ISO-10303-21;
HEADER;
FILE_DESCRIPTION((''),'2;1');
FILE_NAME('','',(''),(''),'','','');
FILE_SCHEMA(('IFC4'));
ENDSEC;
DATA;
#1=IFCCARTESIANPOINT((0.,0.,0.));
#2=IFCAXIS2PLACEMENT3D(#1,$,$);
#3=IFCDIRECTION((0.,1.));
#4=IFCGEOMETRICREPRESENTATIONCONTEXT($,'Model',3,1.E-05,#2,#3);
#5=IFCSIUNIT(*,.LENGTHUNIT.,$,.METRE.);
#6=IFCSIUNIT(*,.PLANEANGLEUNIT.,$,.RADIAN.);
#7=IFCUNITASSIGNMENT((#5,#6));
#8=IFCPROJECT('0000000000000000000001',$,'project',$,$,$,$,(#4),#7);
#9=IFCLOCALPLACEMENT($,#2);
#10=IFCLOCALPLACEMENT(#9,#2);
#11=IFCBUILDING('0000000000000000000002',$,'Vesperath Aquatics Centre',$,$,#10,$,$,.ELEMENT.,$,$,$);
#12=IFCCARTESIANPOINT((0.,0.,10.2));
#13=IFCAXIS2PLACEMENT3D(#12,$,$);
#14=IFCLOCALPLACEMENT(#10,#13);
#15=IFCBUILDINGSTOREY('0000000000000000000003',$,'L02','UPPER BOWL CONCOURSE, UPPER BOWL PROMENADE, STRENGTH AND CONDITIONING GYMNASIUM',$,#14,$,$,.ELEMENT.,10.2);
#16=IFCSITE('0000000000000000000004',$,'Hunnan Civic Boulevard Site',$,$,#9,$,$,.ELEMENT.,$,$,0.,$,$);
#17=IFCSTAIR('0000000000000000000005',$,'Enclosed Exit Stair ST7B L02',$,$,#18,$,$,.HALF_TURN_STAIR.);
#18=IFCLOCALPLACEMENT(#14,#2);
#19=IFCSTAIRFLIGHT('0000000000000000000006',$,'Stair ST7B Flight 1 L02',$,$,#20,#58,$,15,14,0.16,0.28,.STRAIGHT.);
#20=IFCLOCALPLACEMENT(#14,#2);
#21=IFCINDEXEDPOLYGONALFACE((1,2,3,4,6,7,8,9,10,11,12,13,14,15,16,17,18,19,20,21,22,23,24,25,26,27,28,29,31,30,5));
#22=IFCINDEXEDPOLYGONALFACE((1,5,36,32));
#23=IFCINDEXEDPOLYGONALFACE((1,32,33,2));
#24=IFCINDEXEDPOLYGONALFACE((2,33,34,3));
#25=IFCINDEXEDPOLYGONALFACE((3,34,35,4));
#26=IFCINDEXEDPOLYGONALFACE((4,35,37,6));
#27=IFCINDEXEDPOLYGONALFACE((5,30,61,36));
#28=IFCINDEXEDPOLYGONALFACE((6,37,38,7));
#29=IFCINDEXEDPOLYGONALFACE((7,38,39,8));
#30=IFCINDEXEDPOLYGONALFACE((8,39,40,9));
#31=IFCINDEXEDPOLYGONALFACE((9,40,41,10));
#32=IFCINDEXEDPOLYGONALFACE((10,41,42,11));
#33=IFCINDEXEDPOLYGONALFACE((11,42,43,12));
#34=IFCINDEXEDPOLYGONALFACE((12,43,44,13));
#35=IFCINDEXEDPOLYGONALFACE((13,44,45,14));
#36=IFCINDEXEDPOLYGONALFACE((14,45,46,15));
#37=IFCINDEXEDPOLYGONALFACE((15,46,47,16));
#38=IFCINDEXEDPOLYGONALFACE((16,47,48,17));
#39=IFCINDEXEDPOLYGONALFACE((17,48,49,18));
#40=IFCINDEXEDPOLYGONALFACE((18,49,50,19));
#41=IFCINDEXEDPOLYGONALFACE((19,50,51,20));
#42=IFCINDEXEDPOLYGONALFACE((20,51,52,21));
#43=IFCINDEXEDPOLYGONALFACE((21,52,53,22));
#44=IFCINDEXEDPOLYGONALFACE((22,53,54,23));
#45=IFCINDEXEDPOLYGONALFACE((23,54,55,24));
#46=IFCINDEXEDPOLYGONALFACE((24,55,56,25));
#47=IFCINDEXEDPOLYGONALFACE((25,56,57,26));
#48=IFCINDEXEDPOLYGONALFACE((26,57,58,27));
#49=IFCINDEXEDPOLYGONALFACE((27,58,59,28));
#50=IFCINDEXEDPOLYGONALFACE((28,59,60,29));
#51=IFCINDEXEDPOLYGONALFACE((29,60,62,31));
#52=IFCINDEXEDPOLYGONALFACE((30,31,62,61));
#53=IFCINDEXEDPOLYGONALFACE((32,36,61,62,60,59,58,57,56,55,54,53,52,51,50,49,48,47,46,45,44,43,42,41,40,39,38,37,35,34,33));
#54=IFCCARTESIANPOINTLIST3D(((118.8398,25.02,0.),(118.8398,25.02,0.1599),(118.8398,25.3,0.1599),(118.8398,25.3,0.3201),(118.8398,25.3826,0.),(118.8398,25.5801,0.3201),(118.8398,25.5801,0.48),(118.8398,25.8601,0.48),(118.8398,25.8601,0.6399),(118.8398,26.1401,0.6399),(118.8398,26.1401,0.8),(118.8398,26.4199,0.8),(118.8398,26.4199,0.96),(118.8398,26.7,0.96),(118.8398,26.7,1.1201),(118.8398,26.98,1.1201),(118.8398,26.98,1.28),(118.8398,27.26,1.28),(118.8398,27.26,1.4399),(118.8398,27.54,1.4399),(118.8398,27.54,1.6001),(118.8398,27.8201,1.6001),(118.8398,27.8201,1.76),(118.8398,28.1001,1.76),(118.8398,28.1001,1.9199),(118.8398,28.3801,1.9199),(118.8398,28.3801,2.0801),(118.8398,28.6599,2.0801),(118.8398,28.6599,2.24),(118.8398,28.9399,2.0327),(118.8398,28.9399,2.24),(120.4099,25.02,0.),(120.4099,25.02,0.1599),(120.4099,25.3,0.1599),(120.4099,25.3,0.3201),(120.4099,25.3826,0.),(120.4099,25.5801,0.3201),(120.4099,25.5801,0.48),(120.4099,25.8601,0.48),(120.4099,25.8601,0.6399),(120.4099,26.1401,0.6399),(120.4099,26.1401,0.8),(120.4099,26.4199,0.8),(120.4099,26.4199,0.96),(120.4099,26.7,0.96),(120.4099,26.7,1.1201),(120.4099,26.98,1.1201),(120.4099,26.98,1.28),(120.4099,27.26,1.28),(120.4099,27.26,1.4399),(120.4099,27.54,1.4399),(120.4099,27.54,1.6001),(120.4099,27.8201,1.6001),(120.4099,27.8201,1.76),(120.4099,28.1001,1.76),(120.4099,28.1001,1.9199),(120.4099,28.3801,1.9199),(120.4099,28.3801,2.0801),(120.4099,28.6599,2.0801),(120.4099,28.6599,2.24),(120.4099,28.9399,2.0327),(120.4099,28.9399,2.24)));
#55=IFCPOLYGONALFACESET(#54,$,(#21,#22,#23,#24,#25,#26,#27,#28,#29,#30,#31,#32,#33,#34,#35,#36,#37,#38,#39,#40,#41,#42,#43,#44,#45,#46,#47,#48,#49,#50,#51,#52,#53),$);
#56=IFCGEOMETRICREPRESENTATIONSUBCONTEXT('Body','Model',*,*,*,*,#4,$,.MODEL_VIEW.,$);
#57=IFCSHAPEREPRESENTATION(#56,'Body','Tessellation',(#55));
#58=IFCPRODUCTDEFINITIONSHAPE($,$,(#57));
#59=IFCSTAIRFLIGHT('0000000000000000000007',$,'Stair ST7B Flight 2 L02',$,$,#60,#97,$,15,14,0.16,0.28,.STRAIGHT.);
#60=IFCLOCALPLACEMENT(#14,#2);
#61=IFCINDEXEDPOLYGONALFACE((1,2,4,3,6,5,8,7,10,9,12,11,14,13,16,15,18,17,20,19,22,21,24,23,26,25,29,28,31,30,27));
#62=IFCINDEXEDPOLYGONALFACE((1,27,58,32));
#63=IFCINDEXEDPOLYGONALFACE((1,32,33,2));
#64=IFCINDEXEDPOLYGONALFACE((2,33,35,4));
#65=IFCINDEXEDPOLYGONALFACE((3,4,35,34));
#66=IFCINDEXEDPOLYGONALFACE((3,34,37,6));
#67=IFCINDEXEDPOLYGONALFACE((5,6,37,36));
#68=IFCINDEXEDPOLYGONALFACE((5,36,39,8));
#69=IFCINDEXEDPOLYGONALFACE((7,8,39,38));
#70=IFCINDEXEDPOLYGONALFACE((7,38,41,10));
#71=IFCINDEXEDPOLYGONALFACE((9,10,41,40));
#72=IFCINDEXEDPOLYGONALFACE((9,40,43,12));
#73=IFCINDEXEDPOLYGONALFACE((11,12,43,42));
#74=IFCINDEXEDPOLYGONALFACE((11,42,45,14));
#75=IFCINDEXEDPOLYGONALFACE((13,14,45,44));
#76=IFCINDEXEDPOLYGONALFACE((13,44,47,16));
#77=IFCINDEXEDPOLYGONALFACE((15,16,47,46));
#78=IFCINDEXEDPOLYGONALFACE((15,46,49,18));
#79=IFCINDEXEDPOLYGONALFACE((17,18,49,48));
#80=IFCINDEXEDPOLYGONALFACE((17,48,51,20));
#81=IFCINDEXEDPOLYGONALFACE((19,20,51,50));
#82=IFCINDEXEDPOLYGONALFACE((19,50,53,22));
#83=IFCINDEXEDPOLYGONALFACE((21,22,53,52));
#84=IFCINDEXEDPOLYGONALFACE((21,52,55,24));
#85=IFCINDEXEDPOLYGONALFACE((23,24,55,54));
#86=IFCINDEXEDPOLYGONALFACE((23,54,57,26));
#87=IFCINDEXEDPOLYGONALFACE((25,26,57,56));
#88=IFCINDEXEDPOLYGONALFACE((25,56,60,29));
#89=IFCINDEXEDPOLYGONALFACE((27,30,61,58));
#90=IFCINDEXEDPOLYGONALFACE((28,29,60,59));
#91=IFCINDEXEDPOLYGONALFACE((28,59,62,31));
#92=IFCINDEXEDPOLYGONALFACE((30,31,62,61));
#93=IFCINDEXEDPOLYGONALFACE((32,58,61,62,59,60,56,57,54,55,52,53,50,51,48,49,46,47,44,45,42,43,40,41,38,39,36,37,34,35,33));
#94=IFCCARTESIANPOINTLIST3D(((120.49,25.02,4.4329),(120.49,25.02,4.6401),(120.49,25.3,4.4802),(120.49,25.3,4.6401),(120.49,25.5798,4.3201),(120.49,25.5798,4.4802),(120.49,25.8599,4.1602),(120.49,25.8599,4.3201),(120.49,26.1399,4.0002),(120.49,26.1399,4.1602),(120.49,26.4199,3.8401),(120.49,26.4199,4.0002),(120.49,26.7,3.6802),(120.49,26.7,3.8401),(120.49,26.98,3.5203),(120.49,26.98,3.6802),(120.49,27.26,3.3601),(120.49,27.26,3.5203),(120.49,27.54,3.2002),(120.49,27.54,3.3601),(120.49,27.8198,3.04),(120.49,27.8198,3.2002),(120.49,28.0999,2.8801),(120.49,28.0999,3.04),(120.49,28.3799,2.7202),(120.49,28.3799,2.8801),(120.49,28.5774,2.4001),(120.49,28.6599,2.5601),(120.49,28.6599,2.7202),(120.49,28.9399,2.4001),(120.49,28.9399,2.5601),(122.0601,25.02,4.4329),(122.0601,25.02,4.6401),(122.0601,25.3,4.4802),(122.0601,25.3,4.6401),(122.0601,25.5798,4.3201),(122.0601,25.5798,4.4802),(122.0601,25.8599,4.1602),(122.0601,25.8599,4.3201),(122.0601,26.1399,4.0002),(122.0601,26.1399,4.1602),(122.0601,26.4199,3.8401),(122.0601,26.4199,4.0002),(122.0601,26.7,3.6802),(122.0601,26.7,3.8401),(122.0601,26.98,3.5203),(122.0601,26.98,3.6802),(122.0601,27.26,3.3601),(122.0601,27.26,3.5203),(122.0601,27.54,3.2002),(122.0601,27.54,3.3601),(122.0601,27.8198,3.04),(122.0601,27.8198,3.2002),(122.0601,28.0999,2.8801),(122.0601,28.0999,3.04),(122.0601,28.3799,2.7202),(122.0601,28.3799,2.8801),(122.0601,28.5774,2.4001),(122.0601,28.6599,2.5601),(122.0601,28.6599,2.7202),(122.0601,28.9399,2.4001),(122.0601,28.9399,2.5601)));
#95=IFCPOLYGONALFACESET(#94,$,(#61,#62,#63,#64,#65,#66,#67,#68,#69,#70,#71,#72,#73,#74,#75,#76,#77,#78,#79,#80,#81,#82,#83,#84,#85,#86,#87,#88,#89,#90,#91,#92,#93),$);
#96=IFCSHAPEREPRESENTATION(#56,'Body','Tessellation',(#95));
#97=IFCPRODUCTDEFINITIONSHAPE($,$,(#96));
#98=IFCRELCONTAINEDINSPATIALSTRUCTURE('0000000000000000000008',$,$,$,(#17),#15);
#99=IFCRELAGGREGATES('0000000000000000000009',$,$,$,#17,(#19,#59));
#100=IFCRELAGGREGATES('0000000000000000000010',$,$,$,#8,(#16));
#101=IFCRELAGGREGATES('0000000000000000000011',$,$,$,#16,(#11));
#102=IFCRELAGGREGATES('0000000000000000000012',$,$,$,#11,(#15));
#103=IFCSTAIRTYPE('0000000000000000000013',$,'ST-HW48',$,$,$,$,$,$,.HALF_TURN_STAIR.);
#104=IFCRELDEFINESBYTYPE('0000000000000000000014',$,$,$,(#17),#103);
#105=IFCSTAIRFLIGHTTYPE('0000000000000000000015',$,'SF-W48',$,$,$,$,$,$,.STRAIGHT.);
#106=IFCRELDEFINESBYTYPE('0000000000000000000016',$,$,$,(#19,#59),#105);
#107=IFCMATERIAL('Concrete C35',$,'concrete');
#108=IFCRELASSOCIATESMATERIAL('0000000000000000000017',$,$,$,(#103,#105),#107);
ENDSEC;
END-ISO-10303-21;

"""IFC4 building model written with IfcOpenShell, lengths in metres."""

from ifc_helpers import new_model, si_unit, direction, frame, origin, place, context, subcontext, project, spatial, polyline, outline, extrude, material, type_object, element, aggregate, save


model = new_model("IFC4")

# Units and contexts
model_context = context("Model", 3, precision=1e-05, world=origin(), true_north=direction((0.0, 1.0)))
body_context = subcontext(model_context, "Body", "Model", "MODEL_VIEW")
ifc_project = project(units=[si_unit("LENGTHUNIT", "METRE"), si_unit("PLANEANGLEUNIT", "RADIAN")], contexts=[model_context])

# Site, building, storey
site_placement = place(None, origin())
site = spatial("IfcSite", under=ifc_project, at=site_placement, Name="Hunnan Civic Boulevard Site", CompositionType="ELEMENT", RefElevation=0.0)
building_placement = place(site_placement, origin())
building = spatial("IfcBuilding", under=site, at=building_placement, Name="Vesperath Aquatics Centre", CompositionType="ELEMENT")
storey_placement = place(building_placement, frame((0.0, 0.0, 10.2)))
storey = spatial("IfcBuildingStorey", under=building, at=storey_placement, Name="L02", Description="UPPER BOWL CONCOURSE, UPPER BOWL PROMENADE, STRENGTH AND CONDITIONING GYMNASIUM", CompositionType="ELEMENT", Elevation=10.2)

# Stair, stair flights
ifc_material_1 = material(Name="Concrete C35", Category="concrete")
stair_type = type_object("IfcStairType", Name="ST-HW48", PredefinedType="HALF_TURN_STAIR", material=ifc_material_1)
stair_placement = place(storey_placement, origin())
stair = element("IfcStair", 1, at=stair_placement, inside=storey, type_object=stair_type, Name="Enclosed Exit Stair ST7B L02", PredefinedType="HALF_TURN_STAIR")
stair_flight_type = type_object("IfcStairFlightType", Name="SF-W48", PredefinedType="STRAIGHT", material=ifc_material_1)
stair_flight_1_placement = place(storey_placement, frame((119.625, 25.02, 0.0), z_axis=(0.0, 0.0, 1.0), x_axis=(0.0, 1.0, 0.0)))
stair_flight_1 = element("IfcStairFlight", 2, at=stair_flight_1_placement, type_object=stair_flight_type, Name="Stair ST7B Flight 1 L02", NumberOfRisers=15, NumberOfTreads=14, PredefinedType="STRAIGHT", RiserHeight=0.16, TreadLength=0.28, context=body_context, shape_type="SweptSolid", body=[
    extrude(outline(polyline([(0.0, 0.0), (0.0, 0.1599), (0.28, 0.1599), (0.28, 0.3201), (0.5601, 0.3201), (0.5601, 0.48), (0.8401, 0.48), (0.8401, 0.6399), (1.1201, 0.6399), (1.1201, 0.8), (1.3999, 0.8), (1.3999, 0.96), (1.6799, 0.96), (1.6799, 1.1201), (1.96, 1.1201), (1.96, 1.28), (2.24, 1.28), (2.24, 1.4399), (2.52, 1.4399), (2.52, 1.6001), (2.8, 1.6001), (2.8, 1.76), (3.0801, 1.76), (3.0801, 1.9199), (3.3601, 1.9199), (3.3601, 2.0801), (3.6399, 2.0801), (3.6399, 2.24), (3.9199, 2.24), (3.9199, 2.3999), (3.9199, 2.0327), (0.3625, 0.0), (0.0, 0.0)])), frame((0.0, 0.7852, 0.0), z_axis=(0.0, -1.0, 0.0), x_axis=(1.0, 0.0, 0.0)), (0.0, 0.0, 1.0), 1.5701),
])
stair_flight_2_placement = place(storey_placement, frame((121.2749, 28.9399, 2.4001), z_axis=(0.0, 0.0, 1.0), x_axis=(0.0, -1.0, 0.0)))
stair_flight_2 = element("IfcStairFlight", 3, at=stair_flight_2_placement, type_object=stair_flight_type, Name="Stair ST7B Flight 2 L02", NumberOfRisers=15, NumberOfTreads=14, PredefinedType="STRAIGHT", RiserHeight=0.16, TreadLength=0.28, context=body_context, shape_type="SweptSolid", body=[
    extrude(outline(polyline([(0.0, 0.0), (0.0, 0.1599), (0.28, 0.1599), (0.28, 0.3201), (0.5601, 0.3201), (0.5601, 0.48), (0.8401, 0.48), (0.8401, 0.6399), (1.1201, 0.6399), (1.1201, 0.8), (1.3999, 0.8), (1.3999, 0.96), (1.6799, 0.96), (1.6799, 1.1201), (1.96, 1.1201), (1.96, 1.28), (2.24, 1.28), (2.24, 1.4399), (2.52, 1.4399), (2.52, 1.6001), (2.8, 1.6001), (2.8, 1.76), (3.0801, 1.76), (3.0801, 1.9199), (3.3601, 1.9199), (3.3601, 2.0801), (3.6399, 2.0801), (3.6399, 2.24), (3.9199, 2.24), (3.9199, 2.3999), (3.9199, 2.0327), (0.3625, 0.0), (0.0, 0.0)])), frame((0.0, 0.7852, 0.0), z_axis=(0.0, -1.0, 0.0), x_axis=(1.0, 0.0, 0.0)), (0.0, 0.0, 1.0), 1.5701),
])
aggregate(stair, [stair_flight_1, stair_flight_2])

save(model, "model.ifc")
